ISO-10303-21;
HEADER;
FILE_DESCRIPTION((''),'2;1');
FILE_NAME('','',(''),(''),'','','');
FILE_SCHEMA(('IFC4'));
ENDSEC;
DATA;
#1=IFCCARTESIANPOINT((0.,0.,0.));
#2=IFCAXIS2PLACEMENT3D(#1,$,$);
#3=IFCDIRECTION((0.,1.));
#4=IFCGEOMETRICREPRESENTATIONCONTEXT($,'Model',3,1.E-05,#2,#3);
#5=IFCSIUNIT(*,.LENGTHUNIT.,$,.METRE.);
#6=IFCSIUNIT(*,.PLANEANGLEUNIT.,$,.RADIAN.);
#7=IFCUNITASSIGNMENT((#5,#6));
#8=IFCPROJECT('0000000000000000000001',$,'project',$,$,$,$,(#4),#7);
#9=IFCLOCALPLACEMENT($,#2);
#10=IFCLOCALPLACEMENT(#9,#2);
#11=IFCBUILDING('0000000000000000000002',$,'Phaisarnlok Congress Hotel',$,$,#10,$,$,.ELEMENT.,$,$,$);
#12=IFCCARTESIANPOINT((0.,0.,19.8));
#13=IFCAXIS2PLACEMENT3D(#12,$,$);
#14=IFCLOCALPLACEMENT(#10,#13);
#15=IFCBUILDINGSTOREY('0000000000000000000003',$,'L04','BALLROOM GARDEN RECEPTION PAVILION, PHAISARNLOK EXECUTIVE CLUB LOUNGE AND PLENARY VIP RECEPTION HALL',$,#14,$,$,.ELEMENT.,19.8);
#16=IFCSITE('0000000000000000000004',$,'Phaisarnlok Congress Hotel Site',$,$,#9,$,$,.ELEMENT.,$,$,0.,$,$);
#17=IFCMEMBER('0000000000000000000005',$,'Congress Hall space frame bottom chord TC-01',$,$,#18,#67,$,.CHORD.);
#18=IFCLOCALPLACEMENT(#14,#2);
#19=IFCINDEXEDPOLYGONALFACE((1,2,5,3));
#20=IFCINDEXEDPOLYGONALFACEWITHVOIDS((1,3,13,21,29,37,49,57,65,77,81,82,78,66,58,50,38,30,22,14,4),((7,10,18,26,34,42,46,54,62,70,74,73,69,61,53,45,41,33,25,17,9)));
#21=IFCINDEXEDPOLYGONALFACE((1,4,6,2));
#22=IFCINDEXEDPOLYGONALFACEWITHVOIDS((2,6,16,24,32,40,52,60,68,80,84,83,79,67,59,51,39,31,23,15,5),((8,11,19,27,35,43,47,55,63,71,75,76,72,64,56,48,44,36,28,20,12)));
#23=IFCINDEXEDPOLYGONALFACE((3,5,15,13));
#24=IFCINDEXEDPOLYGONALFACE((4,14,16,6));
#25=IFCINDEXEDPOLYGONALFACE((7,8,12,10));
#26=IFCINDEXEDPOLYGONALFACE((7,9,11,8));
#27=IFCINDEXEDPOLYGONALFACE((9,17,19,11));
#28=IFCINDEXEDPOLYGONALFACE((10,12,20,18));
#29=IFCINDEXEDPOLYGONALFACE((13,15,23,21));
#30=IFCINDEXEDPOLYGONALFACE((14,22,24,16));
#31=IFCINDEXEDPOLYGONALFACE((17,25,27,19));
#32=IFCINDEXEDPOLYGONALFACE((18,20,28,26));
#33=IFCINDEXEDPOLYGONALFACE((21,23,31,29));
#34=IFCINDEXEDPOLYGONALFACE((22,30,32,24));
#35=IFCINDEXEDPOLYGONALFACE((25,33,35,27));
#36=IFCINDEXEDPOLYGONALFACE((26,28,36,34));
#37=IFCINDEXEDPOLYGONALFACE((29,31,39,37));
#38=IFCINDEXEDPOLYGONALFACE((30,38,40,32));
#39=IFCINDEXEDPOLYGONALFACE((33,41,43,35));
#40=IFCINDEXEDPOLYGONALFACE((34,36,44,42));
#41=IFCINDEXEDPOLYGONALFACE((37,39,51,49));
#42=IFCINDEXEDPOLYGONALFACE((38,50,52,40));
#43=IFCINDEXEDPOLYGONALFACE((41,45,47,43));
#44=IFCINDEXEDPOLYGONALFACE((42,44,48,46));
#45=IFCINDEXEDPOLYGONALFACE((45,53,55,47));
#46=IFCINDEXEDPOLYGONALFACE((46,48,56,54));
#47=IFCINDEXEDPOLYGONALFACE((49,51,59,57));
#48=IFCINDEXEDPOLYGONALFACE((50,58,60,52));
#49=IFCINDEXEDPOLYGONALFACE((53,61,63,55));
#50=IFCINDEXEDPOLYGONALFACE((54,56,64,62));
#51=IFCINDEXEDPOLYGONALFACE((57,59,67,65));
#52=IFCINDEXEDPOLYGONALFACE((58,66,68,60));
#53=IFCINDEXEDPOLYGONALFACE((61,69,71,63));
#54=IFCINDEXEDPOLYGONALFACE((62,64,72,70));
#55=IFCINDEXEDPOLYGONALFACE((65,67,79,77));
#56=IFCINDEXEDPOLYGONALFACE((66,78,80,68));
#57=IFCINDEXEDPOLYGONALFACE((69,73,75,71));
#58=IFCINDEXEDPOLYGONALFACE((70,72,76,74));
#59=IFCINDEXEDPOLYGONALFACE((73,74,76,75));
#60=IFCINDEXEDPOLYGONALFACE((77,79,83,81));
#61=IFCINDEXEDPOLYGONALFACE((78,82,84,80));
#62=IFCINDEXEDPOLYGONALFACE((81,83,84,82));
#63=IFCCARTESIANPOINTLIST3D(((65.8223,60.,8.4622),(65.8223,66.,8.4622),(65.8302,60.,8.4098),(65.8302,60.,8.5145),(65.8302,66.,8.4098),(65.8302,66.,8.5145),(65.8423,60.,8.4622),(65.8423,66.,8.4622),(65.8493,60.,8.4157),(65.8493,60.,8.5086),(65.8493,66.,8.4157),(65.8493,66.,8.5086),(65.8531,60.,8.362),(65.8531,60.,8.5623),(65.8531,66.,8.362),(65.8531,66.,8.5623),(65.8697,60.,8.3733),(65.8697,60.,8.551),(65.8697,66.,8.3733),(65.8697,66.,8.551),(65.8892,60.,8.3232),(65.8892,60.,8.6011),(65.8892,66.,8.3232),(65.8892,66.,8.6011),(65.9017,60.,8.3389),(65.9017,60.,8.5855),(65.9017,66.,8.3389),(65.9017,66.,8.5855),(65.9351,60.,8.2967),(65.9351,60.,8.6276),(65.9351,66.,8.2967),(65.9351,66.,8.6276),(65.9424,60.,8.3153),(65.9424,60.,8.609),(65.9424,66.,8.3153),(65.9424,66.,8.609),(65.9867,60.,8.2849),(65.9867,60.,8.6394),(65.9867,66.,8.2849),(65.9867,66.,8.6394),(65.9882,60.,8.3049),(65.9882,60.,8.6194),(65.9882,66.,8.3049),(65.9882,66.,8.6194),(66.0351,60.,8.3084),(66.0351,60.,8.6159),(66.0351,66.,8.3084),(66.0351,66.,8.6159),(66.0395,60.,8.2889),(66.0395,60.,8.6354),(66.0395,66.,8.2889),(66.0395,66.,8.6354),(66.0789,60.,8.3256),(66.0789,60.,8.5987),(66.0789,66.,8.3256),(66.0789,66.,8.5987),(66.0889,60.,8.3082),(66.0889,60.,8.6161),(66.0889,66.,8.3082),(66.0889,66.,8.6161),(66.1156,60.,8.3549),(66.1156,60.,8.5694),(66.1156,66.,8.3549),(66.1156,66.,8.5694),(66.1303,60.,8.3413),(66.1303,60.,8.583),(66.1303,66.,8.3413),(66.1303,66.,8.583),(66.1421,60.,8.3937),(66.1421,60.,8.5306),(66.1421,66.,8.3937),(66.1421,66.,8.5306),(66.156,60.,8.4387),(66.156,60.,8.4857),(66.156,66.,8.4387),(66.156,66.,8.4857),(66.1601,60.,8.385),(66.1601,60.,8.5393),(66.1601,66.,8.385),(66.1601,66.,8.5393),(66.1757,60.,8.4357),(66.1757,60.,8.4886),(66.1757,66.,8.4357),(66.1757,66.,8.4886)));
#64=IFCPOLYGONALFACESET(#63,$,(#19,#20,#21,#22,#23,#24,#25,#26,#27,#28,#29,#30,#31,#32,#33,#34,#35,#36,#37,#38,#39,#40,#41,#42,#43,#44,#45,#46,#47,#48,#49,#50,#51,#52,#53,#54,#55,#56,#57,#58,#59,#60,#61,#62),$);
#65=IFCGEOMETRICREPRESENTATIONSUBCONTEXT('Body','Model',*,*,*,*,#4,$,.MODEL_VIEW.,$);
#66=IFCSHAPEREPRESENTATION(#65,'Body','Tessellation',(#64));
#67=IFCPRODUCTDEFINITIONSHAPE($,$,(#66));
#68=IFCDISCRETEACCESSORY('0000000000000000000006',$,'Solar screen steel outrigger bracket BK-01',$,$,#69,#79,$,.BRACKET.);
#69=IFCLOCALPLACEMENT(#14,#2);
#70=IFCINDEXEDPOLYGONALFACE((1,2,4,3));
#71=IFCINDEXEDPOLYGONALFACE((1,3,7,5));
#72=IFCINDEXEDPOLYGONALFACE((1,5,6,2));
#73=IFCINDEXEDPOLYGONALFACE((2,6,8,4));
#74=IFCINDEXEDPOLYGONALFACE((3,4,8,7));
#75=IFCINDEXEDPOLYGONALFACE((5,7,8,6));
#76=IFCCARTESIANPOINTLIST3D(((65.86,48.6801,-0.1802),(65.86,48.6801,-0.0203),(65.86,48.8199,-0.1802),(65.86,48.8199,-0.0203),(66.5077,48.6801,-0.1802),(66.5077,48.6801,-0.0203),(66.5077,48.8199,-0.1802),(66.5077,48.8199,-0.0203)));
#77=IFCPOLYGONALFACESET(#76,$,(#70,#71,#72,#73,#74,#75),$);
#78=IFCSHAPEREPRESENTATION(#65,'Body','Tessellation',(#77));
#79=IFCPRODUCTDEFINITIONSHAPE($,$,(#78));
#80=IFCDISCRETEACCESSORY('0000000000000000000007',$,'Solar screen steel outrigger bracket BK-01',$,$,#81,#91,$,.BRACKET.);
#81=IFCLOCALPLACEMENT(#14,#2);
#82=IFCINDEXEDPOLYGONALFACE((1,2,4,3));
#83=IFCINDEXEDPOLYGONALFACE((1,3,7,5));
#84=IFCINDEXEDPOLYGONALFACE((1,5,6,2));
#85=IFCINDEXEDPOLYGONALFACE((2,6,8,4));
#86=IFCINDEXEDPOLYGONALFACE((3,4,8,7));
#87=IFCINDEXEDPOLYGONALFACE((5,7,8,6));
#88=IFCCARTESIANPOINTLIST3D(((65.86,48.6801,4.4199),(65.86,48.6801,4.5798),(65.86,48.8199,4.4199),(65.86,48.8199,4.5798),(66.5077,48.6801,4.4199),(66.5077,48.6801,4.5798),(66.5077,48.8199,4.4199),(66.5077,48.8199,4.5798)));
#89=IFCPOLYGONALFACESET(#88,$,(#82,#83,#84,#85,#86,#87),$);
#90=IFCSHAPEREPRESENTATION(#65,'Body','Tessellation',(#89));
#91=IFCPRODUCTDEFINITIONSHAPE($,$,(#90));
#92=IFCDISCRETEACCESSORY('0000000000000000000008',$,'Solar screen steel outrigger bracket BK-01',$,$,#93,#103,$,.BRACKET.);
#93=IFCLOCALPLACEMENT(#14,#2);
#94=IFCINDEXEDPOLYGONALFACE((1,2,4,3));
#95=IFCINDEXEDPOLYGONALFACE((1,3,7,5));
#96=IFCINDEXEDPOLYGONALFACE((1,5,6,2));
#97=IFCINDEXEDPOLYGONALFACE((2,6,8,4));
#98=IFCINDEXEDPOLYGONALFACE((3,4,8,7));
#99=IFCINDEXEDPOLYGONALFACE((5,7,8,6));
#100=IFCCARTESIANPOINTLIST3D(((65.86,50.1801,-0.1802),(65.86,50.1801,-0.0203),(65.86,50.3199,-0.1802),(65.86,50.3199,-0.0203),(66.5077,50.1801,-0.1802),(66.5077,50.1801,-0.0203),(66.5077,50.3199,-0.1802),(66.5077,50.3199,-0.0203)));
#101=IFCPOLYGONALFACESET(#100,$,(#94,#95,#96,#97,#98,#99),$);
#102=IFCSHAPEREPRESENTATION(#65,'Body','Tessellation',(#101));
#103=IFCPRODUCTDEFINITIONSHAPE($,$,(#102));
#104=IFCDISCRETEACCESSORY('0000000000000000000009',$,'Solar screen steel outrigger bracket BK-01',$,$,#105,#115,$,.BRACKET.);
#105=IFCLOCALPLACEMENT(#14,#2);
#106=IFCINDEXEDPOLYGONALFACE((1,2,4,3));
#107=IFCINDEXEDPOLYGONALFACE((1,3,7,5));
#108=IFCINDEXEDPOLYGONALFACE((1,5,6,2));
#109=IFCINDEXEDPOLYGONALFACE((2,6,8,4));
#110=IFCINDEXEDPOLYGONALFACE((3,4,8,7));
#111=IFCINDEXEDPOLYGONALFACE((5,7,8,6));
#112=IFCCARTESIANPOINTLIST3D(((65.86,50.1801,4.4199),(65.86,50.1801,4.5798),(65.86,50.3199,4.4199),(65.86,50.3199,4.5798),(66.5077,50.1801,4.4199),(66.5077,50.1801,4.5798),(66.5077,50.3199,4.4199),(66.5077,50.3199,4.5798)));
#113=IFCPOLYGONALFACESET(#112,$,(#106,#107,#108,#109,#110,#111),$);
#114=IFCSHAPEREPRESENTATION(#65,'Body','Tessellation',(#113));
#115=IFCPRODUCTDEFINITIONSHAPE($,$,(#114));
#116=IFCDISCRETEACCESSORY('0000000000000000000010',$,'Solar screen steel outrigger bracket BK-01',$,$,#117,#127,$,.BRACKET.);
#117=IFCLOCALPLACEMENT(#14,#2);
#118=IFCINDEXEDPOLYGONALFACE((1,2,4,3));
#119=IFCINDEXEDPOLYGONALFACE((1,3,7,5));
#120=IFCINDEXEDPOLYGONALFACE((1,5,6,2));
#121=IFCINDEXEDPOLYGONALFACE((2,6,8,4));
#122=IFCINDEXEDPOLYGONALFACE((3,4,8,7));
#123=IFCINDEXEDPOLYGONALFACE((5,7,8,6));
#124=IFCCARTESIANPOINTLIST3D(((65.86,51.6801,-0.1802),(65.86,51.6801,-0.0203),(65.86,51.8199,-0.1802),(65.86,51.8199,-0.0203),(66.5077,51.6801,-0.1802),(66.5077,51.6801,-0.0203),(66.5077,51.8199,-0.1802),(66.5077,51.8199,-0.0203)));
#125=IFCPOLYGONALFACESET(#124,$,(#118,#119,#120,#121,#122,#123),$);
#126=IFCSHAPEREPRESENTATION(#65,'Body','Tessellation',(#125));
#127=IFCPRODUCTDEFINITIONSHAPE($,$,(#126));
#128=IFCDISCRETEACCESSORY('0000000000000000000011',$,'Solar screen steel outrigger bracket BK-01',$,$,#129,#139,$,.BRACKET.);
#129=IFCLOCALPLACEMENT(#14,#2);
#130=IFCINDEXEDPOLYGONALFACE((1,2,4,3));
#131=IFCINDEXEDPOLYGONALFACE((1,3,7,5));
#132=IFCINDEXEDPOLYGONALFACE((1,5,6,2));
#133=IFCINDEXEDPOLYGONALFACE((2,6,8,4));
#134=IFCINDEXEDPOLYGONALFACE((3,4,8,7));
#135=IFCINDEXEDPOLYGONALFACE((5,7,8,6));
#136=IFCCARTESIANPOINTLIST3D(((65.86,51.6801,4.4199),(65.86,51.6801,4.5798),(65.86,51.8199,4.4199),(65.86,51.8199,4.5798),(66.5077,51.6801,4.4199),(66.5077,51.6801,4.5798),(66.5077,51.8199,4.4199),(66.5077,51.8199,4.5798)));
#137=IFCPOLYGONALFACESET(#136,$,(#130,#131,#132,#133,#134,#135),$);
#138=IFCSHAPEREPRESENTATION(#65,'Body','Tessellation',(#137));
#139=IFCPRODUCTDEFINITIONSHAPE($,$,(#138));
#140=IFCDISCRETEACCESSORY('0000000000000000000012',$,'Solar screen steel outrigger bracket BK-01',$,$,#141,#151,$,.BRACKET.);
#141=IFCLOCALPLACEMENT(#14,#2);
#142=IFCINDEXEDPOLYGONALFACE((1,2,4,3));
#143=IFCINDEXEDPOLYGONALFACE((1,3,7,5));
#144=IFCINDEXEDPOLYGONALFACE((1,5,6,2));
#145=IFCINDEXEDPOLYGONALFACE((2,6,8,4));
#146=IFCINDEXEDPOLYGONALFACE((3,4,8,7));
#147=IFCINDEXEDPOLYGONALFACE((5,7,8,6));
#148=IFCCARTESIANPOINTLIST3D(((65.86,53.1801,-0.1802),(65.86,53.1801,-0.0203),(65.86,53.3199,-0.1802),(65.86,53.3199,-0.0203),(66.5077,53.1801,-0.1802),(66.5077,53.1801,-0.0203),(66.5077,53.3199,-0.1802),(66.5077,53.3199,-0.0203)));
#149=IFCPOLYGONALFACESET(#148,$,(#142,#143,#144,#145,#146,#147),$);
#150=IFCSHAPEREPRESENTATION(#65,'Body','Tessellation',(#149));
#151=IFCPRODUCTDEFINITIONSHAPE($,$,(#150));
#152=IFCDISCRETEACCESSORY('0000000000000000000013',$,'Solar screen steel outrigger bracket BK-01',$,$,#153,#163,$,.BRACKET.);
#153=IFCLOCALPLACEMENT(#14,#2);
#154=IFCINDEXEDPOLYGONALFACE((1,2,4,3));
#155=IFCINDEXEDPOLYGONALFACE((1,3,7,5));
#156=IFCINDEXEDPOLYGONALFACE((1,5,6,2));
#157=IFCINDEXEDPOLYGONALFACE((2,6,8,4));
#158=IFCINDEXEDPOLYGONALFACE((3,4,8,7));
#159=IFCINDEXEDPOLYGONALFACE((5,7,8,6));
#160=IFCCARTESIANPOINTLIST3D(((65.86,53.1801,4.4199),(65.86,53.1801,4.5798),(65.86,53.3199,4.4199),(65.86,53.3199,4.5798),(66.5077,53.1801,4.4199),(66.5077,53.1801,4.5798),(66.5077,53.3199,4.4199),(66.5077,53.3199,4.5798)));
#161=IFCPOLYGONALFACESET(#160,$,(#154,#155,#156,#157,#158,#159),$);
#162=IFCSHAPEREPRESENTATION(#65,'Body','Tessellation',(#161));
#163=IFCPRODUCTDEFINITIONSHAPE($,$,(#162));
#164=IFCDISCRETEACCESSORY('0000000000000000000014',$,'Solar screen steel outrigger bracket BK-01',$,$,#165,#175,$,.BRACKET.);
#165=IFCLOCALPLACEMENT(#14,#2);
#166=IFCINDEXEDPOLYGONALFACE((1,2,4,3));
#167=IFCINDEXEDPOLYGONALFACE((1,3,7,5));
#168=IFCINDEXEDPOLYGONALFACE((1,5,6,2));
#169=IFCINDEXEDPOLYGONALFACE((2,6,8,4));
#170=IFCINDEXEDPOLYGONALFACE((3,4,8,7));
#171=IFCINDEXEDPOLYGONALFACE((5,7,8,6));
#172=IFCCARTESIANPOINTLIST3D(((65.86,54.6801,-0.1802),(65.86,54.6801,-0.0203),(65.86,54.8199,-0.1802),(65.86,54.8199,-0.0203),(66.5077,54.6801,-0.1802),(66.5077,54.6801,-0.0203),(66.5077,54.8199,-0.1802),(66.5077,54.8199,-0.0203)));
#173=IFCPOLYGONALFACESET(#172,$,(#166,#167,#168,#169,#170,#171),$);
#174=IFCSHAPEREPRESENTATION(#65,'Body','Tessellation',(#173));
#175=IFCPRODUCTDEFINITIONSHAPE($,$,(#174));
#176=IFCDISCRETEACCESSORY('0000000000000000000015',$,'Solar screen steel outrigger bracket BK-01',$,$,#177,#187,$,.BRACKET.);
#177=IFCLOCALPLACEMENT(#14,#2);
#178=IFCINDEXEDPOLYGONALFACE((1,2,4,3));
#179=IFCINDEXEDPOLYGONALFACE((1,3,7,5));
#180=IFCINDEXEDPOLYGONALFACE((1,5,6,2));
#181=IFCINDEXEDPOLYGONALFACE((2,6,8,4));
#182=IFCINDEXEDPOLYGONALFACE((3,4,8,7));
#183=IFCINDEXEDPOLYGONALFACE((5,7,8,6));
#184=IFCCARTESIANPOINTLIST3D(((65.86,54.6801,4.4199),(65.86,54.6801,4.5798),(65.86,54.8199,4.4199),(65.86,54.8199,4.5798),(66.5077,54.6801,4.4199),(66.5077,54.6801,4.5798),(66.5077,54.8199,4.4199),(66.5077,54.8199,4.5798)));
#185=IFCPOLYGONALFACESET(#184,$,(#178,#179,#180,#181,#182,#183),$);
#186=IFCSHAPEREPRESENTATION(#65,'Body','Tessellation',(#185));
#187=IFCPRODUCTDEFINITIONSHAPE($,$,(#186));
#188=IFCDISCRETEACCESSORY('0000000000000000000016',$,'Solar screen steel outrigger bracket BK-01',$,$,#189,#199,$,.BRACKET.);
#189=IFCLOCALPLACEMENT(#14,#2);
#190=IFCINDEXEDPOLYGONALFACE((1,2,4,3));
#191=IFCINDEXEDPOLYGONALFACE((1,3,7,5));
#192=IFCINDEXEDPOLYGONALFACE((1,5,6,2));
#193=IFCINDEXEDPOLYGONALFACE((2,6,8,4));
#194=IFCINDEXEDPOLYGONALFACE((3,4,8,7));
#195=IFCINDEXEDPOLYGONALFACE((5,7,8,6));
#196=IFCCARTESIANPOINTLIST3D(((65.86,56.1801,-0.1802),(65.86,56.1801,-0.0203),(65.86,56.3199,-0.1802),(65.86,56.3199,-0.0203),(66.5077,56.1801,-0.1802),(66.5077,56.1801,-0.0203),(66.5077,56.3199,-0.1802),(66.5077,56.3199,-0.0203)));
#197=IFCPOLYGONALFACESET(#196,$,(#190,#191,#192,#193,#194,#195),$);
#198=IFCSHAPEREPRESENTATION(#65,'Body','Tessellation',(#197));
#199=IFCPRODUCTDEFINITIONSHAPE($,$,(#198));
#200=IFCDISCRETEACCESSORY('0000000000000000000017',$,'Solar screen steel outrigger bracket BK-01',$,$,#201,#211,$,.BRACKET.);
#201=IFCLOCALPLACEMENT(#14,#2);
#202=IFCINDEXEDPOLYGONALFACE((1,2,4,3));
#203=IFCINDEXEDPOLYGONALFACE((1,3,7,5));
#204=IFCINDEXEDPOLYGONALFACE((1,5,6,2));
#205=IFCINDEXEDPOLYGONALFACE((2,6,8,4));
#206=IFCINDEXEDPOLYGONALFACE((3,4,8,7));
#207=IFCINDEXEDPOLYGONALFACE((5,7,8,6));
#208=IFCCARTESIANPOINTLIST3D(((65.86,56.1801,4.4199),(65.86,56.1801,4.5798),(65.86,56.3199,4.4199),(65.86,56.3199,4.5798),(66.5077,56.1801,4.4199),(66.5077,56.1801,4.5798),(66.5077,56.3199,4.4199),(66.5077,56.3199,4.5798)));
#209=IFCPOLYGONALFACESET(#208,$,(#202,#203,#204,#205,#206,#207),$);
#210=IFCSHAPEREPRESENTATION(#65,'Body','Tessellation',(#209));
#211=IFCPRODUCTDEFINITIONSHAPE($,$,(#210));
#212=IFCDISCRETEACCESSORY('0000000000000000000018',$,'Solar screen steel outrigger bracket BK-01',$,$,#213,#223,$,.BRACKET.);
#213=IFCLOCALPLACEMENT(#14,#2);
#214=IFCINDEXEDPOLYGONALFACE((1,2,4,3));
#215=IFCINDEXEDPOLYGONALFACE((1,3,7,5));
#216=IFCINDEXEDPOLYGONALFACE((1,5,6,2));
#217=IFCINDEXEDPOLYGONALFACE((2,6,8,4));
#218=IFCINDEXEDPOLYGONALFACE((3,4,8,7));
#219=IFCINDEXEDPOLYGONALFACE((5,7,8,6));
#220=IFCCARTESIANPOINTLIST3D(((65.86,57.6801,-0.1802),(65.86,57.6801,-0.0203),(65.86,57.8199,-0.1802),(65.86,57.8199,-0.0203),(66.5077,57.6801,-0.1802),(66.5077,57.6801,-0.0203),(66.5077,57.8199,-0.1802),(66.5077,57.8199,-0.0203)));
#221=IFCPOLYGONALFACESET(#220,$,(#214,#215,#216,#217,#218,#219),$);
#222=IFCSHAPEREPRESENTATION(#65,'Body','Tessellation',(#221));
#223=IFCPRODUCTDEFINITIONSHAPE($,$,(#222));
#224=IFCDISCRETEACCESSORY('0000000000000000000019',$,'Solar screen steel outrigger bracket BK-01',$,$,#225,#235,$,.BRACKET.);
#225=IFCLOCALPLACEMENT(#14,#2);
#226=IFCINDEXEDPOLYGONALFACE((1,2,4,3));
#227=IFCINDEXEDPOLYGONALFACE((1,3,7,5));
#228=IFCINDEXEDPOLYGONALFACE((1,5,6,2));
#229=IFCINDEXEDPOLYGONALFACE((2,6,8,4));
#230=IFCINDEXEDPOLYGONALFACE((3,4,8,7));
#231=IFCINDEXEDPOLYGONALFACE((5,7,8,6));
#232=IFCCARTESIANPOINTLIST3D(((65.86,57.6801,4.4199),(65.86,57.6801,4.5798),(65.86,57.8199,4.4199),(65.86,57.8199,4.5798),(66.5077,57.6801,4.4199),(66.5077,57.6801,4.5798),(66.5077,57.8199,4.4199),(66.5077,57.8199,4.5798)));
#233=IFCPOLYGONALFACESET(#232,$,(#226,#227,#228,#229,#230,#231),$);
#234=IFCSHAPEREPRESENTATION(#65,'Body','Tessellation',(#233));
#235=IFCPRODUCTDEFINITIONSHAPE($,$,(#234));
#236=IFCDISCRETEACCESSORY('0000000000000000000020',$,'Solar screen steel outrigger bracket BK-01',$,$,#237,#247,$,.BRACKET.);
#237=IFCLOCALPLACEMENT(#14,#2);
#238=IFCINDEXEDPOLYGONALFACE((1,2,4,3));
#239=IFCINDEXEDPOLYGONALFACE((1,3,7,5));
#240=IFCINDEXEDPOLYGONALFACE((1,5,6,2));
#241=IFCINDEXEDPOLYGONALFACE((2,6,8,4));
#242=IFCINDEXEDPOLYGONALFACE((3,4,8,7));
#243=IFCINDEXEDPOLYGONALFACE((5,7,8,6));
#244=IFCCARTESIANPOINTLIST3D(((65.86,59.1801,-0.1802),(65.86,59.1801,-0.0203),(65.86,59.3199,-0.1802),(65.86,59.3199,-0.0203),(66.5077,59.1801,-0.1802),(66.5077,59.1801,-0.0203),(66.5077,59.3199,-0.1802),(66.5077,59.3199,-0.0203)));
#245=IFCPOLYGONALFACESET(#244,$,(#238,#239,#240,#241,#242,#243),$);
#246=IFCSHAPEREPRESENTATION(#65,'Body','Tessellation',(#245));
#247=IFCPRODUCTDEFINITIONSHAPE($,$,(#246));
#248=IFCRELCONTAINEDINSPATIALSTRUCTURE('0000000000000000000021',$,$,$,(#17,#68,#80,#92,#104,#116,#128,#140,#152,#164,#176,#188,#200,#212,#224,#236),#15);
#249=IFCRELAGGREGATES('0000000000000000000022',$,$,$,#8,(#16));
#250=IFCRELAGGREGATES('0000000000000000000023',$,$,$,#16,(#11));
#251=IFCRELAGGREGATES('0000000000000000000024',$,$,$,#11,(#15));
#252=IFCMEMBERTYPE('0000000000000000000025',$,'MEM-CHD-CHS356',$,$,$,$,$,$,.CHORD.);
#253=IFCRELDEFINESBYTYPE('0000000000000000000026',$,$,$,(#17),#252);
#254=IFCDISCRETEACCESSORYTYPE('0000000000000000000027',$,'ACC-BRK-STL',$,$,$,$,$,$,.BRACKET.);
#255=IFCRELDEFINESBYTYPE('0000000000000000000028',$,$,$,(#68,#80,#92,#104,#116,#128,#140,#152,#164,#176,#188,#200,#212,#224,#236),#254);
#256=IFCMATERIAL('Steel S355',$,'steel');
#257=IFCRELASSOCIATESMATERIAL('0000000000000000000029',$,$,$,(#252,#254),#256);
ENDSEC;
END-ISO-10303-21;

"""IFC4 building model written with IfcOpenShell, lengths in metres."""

from ifc_helpers import new_model, si_unit, direction, frame, origin, origin_2d, place, context, subcontext, project, spatial, rectangle, hollow_circle, extrude, material, material_profile, profile_set, type_object, element, save


model = new_model("IFC4")

# Units and contexts
model_context = context("Model", 3, precision=1e-05, world=origin(), true_north=direction((0.0, 1.0)))
body_context = subcontext(model_context, "Body", "Model", "MODEL_VIEW")
ifc_project = project(units=[si_unit("LENGTHUNIT", "METRE"), si_unit("PLANEANGLEUNIT", "RADIAN")], contexts=[model_context])

# Site, building, storey
site_placement = place(None, origin())
site = spatial("IfcSite", under=ifc_project, at=site_placement, Name="Phaisarnlok Congress Hotel Site", CompositionType="ELEMENT", RefElevation=0.0)
building_placement = place(site_placement, origin())
building = spatial("IfcBuilding", under=site, at=building_placement, Name="Phaisarnlok Congress Hotel", CompositionType="ELEMENT")
storey_placement = place(building_placement, frame((0.0, 0.0, 19.8)))
storey = spatial("IfcBuildingStorey", under=building, at=storey_placement, Name="L04", Description="BALLROOM GARDEN RECEPTION PAVILION, PHAISARNLOK EXECUTIVE CLUB LOUNGE AND PLENARY VIP RECEPTION HALL", CompositionType="ELEMENT", Elevation=19.8)

# Member
ifc_material = material(Name="Steel S355", Category="steel")
ifc_material_profile_1 = material_profile(ifc_material, hollow_circle(Radius=0.1777, WallThickness=0.02, at=origin_2d()), Name="CHS 355.6x20")
ifc_profile_set_1 = profile_set([ifc_material_profile_1], Name="Steel S355")
member_type_1 = type_object("IfcMemberType", Name="MEM-CHD-CHS356", PredefinedType="CHORD", material=ifc_profile_set_1)
member_1_placement = place(storey_placement, frame((66.0, 60.0, 8.4622), z_axis=(0.0, 1.0, 0.0), x_axis=(-1.0, 0.0, 0.0)))
element("IfcMember", 1, at=member_1_placement, inside=storey, type_object=member_type_1, Name="Congress Hall space frame bottom chord TC-01", PredefinedType="CHORD", context=body_context, shape_type="SweptSolid", body=[
    extrude(hollow_circle(Radius=0.1777, WallThickness=0.02, at=origin_2d()), origin(), (0.0, 0.0, 1.0), 6.0),
])

# Discrete accessories
discrete_accessory_type = type_object("IfcDiscreteAccessoryType", Name="ACC-BRK-STL", PredefinedType="BRACKET", material=ifc_material)
for number, where, z_axis, x_axis, name in (
    (2, (66.1838, 48.75, -0.1802), (0.0, 0.0, 1.0), (1.0, 0.0, 0.0), "Solar screen steel outrigger bracket BK-01"),
    (3, (66.1838, 48.75, 4.4199), (0.0, 0.0, 1.0), (1.0, 0.0, 0.0), "Solar screen steel outrigger bracket BK-01"),
    (4, (66.1838, 50.25, -0.1802), (0.0, 0.0, 1.0), (1.0, 0.0, 0.0), "Solar screen steel outrigger bracket BK-01"),
    (5, (66.1838, 50.25, 4.4199), (0.0, 0.0, 1.0), (1.0, 0.0, 0.0), "Solar screen steel outrigger bracket BK-01"),
    (6, (66.1838, 51.75, -0.1802), (0.0, 0.0, 1.0), (1.0, 0.0, 0.0), "Solar screen steel outrigger bracket BK-01"),
    (7, (66.1838, 51.75, 4.4199), (0.0, 0.0, 1.0), (1.0, 0.0, 0.0), "Solar screen steel outrigger bracket BK-01"),
    (8, (66.1838, 53.25, -0.1802), (0.0, 0.0, 1.0), (1.0, 0.0, 0.0), "Solar screen steel outrigger bracket BK-01"),
    (9, (66.1838, 53.25, 4.4199), (0.0, 0.0, 1.0), (1.0, 0.0, 0.0), "Solar screen steel outrigger bracket BK-01"),
    (10, (66.1838, 54.75, -0.1802), (0.0, 0.0, 1.0), (1.0, 0.0, 0.0), "Solar screen steel outrigger bracket BK-01"),
    (11, (66.1838, 54.75, 4.4199), (0.0, 0.0, 1.0), (1.0, 0.0, 0.0), "Solar screen steel outrigger bracket BK-01"),
    (12, (66.1838, 56.25, -0.1802), (0.0, 0.0, 1.0), (1.0, 0.0, 0.0), "Solar screen steel outrigger bracket BK-01"),
    (13, (66.1838, 56.25, 4.4199), (0.0, 0.0, 1.0), (1.0, 0.0, 0.0), "Solar screen steel outrigger bracket BK-01"),
    (14, (66.1838, 57.75, -0.1802), (0.0, 0.0, 1.0), (1.0, 0.0, 0.0), "Solar screen steel outrigger bracket BK-01"),
    (15, (66.1838, 57.75, 4.4199), (0.0, 0.0, 1.0), (1.0, 0.0, 0.0), "Solar screen steel outrigger bracket BK-01"),
    (16, (66.1838, 59.25, -0.1802), (0.0, 0.0, 1.0), (1.0, 0.0, 0.0), "Solar screen steel outrigger bracket BK-01"),
):
    element("IfcDiscreteAccessory", number, at=place(storey_placement, frame(where, z_axis=z_axis, x_axis=x_axis)), inside=storey, type_object=discrete_accessory_type, Name=name, PredefinedType="BRACKET", context=body_context, shape_type="SweptSolid", body=[
        extrude(rectangle(XDim=0.6477, YDim=0.1399, at=origin_2d()), origin(), (0.0, 0.0, 1.0), 0.1599),
    ])

save(model, "model.ifc")
